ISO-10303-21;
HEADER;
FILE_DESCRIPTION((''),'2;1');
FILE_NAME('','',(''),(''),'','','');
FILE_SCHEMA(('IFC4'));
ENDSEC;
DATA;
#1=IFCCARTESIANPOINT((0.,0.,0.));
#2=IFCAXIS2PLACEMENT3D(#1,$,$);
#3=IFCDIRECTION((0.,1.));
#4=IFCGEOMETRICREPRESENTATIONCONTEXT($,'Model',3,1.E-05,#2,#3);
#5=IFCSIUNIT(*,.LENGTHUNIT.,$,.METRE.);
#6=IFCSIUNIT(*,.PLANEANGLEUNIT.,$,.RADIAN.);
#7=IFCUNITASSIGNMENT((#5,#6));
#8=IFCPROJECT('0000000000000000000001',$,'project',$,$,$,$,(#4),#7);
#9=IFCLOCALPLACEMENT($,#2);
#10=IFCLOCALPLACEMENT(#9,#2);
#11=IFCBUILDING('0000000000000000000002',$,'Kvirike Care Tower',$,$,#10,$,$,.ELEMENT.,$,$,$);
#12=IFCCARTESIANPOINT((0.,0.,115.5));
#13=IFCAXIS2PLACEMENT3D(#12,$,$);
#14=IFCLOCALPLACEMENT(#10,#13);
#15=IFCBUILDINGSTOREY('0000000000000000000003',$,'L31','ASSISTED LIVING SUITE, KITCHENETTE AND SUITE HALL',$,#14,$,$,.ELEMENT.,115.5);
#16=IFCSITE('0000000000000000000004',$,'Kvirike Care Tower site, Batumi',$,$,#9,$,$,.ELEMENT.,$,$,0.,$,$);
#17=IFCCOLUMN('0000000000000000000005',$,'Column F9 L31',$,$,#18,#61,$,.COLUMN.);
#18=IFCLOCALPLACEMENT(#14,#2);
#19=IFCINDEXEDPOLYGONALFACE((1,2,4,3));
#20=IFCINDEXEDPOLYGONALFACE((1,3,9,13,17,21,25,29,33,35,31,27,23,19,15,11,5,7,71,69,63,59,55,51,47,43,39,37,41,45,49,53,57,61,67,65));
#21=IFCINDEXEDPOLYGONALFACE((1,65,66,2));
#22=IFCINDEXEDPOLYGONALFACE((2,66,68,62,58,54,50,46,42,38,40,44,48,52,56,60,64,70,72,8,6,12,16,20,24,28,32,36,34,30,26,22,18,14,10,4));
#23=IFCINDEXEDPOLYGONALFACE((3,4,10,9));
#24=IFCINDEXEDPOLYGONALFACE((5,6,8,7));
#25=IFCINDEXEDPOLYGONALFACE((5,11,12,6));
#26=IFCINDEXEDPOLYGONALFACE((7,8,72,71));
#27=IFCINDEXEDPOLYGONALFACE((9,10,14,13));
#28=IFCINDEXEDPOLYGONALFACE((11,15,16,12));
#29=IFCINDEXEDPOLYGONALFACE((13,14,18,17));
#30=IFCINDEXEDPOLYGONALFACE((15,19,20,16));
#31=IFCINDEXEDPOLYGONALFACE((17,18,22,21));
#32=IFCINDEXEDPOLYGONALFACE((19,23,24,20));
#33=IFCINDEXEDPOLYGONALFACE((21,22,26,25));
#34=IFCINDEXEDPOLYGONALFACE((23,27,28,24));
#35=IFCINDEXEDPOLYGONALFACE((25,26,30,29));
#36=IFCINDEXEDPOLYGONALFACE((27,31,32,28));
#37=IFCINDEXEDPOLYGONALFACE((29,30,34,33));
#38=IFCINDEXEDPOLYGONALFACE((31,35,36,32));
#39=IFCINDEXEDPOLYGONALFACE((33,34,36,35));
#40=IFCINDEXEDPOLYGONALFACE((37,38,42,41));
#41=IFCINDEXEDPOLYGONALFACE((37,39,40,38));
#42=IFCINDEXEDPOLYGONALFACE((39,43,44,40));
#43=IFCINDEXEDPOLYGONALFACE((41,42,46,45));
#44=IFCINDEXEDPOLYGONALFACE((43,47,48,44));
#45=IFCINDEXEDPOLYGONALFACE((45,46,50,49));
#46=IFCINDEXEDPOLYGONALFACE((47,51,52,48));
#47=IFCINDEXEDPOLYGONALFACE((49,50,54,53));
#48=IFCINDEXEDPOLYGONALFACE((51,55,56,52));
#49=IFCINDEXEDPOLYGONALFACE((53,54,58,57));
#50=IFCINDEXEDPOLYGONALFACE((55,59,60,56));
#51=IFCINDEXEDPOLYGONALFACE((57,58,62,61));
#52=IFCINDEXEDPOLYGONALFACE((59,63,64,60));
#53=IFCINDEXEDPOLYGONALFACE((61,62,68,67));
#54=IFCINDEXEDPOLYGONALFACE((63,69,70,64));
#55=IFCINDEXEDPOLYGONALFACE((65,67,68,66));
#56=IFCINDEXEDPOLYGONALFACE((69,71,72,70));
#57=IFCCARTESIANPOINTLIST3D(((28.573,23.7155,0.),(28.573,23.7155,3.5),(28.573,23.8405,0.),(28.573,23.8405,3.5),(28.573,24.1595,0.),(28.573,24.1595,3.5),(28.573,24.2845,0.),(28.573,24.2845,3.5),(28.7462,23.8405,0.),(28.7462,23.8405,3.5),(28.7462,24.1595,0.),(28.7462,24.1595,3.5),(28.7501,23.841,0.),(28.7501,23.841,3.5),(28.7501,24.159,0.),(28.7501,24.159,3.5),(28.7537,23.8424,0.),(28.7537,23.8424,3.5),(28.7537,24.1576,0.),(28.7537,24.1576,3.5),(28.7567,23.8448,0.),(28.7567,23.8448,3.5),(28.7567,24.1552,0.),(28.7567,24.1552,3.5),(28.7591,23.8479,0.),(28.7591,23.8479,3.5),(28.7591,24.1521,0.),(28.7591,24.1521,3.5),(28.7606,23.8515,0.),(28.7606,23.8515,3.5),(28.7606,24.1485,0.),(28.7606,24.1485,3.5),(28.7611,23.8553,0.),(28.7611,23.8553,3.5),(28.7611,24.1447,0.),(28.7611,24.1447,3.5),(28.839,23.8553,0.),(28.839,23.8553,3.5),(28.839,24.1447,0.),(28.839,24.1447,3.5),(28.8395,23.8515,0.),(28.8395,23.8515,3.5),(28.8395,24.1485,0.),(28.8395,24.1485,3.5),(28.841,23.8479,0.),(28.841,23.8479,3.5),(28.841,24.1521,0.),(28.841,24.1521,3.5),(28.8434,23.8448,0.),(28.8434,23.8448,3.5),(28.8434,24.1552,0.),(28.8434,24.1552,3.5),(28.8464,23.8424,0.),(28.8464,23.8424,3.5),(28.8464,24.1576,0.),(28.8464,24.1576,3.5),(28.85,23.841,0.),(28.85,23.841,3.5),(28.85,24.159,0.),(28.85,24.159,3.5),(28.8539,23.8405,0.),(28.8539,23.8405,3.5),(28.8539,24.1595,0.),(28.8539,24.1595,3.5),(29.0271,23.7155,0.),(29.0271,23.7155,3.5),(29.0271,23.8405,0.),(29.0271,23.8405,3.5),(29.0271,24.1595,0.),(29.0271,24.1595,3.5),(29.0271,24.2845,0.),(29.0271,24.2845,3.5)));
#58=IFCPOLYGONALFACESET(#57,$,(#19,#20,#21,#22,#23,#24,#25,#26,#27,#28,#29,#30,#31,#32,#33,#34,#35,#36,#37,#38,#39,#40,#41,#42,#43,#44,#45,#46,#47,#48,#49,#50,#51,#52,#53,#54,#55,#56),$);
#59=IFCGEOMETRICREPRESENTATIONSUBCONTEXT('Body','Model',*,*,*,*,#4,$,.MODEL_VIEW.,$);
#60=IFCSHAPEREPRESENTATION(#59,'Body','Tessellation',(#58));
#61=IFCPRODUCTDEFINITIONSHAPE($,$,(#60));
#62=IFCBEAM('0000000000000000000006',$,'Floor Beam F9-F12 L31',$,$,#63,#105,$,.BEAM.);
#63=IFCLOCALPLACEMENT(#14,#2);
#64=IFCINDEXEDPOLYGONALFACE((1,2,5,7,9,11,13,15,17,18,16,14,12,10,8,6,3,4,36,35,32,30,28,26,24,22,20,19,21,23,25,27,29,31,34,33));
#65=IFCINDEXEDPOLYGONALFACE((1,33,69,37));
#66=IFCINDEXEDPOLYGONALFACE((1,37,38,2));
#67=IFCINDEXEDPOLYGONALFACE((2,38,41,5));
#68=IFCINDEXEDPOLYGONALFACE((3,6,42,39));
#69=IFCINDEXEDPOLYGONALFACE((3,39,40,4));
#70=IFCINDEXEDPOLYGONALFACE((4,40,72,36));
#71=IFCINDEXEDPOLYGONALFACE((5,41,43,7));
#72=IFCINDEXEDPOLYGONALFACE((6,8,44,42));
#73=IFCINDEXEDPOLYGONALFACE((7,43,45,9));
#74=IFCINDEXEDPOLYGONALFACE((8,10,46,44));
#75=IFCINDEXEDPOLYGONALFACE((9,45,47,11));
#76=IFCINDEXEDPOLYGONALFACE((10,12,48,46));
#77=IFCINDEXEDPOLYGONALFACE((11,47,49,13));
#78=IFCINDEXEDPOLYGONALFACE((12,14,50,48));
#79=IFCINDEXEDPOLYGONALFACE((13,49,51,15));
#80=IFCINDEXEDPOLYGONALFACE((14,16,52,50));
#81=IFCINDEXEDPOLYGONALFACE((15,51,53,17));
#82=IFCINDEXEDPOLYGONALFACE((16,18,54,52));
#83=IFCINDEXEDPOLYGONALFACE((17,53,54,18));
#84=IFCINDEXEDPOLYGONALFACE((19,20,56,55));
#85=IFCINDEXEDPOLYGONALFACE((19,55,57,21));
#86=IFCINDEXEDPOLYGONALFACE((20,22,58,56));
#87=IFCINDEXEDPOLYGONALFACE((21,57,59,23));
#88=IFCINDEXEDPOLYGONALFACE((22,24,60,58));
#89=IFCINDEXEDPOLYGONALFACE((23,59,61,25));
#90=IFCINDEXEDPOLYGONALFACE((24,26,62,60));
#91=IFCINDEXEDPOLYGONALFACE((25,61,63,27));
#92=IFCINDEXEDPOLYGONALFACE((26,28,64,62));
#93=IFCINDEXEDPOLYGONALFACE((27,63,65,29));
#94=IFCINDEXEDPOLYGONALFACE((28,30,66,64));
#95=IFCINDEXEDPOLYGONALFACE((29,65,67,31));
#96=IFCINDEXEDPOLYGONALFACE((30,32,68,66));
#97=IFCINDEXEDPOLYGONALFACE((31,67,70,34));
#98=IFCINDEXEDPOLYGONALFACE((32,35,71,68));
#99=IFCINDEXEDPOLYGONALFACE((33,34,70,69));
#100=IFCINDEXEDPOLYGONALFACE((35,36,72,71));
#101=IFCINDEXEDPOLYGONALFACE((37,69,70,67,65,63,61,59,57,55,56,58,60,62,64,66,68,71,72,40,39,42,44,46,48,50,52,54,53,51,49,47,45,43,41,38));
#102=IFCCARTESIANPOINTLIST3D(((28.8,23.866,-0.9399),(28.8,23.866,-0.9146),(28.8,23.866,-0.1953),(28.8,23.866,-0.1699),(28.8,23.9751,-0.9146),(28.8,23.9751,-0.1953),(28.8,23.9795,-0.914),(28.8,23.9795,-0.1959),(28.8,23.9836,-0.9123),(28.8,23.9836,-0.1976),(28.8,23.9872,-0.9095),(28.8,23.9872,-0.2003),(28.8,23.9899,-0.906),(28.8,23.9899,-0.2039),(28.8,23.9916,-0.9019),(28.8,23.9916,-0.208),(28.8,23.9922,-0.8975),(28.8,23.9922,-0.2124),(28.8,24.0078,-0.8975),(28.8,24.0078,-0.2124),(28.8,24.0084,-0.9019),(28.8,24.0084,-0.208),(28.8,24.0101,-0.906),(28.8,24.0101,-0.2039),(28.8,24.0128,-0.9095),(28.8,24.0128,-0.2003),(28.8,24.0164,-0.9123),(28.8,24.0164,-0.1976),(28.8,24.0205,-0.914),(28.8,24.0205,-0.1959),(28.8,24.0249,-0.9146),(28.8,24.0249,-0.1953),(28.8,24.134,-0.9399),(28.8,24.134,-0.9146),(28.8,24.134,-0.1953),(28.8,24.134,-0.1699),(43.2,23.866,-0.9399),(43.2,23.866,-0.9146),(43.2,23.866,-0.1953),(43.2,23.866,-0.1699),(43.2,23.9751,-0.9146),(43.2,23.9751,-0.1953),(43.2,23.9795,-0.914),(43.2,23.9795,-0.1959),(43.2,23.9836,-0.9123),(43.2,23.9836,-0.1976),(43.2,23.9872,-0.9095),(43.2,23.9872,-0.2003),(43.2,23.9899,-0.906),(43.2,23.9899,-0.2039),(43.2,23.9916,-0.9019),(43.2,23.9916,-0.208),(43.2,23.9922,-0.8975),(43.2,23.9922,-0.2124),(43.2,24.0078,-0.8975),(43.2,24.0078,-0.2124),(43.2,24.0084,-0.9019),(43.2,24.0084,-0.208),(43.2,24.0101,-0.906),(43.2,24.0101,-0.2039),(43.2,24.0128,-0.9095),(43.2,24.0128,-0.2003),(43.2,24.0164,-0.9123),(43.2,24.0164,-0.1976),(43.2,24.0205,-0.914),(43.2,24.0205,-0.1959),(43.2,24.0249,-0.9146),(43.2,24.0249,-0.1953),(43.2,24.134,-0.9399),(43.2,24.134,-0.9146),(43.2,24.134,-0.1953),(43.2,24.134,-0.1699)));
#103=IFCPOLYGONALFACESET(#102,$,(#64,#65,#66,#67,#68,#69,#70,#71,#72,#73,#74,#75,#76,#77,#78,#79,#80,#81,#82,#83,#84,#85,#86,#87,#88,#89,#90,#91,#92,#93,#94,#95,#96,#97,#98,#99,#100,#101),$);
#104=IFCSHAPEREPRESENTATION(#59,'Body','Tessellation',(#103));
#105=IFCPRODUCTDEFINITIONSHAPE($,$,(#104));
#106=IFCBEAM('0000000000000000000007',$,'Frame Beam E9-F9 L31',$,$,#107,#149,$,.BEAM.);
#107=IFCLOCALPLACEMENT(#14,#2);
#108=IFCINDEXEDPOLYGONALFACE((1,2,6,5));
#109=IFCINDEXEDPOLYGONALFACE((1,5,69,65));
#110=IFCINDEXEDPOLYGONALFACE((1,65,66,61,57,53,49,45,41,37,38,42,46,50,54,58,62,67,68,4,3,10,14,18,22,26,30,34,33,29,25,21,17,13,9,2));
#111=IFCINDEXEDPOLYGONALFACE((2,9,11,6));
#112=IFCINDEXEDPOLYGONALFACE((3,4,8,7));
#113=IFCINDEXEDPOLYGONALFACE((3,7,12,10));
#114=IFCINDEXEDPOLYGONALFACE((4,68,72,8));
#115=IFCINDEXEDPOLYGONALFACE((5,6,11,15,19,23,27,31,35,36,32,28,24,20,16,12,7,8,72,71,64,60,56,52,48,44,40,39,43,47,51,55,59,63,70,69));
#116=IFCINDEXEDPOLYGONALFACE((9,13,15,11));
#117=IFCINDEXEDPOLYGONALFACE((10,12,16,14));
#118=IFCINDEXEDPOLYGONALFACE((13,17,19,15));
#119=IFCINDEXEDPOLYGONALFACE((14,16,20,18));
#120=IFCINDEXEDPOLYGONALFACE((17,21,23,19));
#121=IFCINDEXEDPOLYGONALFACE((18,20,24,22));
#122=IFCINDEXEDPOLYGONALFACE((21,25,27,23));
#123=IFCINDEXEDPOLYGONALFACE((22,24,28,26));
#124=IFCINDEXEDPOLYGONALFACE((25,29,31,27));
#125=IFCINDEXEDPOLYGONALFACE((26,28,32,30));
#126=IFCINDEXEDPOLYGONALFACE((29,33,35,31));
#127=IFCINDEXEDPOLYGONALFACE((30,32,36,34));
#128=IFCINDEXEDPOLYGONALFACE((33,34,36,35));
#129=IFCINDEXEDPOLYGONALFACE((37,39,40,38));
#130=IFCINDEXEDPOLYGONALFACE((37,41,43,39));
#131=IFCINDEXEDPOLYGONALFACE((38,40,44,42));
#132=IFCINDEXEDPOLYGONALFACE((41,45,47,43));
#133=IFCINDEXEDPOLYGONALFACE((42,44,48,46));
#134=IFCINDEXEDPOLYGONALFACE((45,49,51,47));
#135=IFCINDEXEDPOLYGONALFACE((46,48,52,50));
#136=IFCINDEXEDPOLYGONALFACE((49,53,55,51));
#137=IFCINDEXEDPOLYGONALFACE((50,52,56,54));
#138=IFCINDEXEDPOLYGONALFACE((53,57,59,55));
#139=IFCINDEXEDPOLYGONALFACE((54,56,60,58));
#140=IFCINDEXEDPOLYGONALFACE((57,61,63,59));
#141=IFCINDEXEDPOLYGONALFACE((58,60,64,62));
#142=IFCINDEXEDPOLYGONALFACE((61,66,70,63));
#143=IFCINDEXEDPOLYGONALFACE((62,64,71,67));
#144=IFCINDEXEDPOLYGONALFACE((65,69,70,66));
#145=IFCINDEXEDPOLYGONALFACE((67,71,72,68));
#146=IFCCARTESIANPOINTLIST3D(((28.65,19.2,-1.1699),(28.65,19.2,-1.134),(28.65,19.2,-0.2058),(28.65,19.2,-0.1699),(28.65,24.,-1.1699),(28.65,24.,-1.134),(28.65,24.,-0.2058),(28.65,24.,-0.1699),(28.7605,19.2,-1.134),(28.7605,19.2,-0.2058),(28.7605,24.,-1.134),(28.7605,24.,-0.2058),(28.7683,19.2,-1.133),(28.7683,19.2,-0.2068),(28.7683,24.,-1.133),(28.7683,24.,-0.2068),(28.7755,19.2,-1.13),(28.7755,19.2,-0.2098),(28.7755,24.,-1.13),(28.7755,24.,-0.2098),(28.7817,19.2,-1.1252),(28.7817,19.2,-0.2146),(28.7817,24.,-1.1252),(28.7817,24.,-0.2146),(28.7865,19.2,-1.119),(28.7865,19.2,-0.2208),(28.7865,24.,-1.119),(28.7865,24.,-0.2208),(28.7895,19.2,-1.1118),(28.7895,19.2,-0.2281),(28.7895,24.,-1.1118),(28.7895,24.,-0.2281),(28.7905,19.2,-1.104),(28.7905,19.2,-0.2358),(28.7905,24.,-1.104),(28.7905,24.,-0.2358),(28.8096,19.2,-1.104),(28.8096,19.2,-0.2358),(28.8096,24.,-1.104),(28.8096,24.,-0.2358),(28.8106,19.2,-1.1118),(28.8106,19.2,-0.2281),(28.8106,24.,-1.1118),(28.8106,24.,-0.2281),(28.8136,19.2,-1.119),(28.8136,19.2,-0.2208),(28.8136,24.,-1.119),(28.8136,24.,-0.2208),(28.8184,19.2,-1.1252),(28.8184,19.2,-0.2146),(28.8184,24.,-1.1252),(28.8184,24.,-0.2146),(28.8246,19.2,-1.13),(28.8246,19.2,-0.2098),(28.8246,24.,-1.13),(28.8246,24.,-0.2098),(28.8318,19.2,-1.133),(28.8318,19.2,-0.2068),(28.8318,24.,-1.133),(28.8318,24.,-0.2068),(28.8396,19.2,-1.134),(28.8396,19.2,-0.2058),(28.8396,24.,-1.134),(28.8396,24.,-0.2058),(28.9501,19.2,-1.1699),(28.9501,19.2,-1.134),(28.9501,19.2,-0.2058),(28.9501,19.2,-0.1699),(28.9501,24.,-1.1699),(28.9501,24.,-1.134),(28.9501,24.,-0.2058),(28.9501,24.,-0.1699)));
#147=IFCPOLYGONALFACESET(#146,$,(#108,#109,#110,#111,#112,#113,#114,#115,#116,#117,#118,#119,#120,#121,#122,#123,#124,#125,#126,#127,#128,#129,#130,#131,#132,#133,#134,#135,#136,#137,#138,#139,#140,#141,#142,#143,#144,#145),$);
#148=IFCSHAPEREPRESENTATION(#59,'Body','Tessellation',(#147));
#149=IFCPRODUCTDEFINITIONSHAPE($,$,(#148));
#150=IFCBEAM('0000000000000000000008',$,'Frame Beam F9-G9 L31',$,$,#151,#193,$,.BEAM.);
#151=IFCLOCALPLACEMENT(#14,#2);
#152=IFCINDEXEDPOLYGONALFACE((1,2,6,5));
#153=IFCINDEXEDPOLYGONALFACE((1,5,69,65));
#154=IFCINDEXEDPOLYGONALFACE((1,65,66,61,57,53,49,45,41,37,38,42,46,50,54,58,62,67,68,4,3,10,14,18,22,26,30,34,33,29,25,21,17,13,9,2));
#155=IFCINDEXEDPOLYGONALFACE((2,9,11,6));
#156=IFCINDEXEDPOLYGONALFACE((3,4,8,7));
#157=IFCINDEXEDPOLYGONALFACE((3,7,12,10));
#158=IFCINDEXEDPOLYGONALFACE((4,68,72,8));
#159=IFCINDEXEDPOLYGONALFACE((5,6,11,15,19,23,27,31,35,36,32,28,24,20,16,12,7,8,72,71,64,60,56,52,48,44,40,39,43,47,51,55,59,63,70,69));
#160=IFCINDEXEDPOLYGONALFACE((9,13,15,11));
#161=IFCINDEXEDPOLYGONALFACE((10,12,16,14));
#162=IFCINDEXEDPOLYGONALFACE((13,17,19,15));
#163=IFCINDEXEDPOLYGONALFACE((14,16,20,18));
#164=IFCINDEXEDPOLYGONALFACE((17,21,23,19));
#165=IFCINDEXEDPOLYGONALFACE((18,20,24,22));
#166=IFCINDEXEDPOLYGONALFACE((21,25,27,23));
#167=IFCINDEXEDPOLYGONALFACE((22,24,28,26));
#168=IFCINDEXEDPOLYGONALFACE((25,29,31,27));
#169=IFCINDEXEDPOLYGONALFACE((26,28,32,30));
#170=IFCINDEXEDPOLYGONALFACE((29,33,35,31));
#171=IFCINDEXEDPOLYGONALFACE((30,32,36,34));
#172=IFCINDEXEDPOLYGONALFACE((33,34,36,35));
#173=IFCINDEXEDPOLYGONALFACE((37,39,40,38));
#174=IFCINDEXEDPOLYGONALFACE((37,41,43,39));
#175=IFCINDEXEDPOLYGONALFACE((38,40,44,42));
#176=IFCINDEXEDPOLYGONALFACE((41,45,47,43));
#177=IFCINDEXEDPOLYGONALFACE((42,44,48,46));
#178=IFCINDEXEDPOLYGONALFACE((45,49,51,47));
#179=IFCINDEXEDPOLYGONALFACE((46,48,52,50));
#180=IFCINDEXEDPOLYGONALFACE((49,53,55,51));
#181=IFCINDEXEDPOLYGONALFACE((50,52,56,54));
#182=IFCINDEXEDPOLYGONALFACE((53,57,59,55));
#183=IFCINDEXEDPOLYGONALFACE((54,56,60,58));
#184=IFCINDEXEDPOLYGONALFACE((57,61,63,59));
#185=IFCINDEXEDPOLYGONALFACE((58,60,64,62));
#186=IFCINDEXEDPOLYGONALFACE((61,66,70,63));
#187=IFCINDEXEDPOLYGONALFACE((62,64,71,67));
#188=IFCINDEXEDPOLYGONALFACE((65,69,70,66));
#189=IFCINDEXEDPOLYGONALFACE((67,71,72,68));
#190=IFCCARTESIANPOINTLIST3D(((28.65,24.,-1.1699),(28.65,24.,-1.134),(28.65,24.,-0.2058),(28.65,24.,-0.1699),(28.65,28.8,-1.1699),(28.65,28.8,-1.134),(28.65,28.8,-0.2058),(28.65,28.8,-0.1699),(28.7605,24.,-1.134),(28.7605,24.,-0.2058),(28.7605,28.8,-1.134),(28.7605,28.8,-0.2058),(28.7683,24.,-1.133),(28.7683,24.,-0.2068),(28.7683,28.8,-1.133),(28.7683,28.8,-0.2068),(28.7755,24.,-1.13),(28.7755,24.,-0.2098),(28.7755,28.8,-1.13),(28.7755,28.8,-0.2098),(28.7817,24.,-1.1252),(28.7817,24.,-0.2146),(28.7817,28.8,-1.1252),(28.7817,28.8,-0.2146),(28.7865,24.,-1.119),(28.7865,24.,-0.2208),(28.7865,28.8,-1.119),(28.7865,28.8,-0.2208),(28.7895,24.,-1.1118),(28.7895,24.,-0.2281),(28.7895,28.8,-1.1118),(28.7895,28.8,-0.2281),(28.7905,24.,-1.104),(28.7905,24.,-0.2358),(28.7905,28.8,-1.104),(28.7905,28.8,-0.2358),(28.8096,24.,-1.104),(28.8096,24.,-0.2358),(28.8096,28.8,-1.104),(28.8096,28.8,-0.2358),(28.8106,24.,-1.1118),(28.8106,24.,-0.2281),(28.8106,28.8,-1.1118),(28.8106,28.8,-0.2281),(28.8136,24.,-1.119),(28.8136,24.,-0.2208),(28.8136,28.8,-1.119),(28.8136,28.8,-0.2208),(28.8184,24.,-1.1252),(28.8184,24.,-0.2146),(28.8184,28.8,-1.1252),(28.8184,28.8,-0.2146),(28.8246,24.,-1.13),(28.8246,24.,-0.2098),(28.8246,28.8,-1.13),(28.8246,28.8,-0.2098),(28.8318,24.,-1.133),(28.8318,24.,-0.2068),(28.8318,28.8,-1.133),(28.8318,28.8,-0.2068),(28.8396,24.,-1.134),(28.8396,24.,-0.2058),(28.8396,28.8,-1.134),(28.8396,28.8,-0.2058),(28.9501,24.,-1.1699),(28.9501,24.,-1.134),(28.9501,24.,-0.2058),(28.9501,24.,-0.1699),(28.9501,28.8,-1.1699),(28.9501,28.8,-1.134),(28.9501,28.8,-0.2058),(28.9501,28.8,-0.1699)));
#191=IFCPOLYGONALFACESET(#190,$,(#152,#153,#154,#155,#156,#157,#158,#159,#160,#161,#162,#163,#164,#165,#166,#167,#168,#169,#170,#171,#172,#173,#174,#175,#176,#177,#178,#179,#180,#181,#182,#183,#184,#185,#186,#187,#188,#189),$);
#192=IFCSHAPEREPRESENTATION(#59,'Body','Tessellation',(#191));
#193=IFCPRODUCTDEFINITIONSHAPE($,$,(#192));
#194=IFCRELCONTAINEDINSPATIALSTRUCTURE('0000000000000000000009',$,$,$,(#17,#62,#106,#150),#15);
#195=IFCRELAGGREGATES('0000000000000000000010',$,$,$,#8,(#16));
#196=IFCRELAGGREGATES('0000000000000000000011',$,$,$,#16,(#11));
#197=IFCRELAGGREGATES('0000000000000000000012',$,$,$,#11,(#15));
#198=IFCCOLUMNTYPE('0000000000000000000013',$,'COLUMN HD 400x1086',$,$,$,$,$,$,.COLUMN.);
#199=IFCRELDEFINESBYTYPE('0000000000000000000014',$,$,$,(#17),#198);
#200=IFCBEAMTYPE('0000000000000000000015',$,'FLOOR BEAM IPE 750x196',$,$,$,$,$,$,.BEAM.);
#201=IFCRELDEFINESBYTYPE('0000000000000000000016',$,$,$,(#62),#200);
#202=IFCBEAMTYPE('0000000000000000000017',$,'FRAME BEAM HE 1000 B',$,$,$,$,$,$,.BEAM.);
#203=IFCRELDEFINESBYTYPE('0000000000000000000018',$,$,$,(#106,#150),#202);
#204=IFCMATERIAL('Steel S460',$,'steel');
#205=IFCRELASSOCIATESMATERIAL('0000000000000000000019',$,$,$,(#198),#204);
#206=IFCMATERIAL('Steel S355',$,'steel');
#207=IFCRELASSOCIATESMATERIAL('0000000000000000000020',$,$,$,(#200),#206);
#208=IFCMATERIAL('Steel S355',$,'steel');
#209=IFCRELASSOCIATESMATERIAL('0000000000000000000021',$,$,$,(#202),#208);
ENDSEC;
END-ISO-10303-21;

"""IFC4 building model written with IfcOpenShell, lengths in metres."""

from ifc_helpers import new_model, si_unit, direction, frame, origin, origin_2d, place, context, subcontext, project, spatial, i_section, extrude, material, material_profile, profile_set, type_object, element, save


model = new_model("IFC4")

# Units and contexts
model_context = context("Model", 3, precision=1e-05, world=origin(), true_north=direction((0.0, 1.0)))
body_context = subcontext(model_context, "Body", "Model", "MODEL_VIEW")
ifc_project = project(units=[si_unit("LENGTHUNIT", "METRE"), si_unit("PLANEANGLEUNIT", "RADIAN")], contexts=[model_context])

# Site, building, storey
site_placement = place(None, origin())
site = spatial("IfcSite", under=ifc_project, at=site_placement, Name="Kvirike Care Tower site, Batumi", CompositionType="ELEMENT", RefElevation=0.0)
building_placement = place(site_placement, origin())
building = spatial("IfcBuilding", under=site, at=building_placement, Name="Kvirike Care Tower", CompositionType="ELEMENT")
storey_placement = place(building_placement, frame((0.0, 0.0, 115.5)))
storey = spatial("IfcBuildingStorey", under=building, at=storey_placement, Name="L31", Description="ASSISTED LIVING SUITE, KITCHENETTE AND SUITE HALL", CompositionType="ELEMENT", Elevation=115.5)

# Column
ifc_material_1 = material(Name="Steel S460", Category="steel")
ifc_material_profile_1 = material_profile(ifc_material_1, i_section(OverallWidth=0.4541, OverallDepth=0.5691, WebThickness=0.0779, FlangeThickness=0.125, FilletRadius=0.0149, at=origin_2d()), Name="HD 400x1086")
ifc_profile_set_1 = profile_set([ifc_material_profile_1], Name="Steel S460")
column_type = type_object("IfcColumnType", Name="COLUMN HD 400x1086", PredefinedType="COLUMN", material=ifc_profile_set_1)
column_placement = place(storey_placement, frame((28.8, 24.0, 0.0), z_axis=(0.0, 0.0, 1.0), x_axis=(1.0, 0.0, 0.0)))
element("IfcColumn", 1, at=column_placement, inside=storey, type_object=column_type, Name="Column F9 L31", PredefinedType="COLUMN", context=body_context, shape_type="SweptSolid", body=[
    extrude(i_section(OverallWidth=0.4541, OverallDepth=0.5691, WebThickness=0.0779, FlangeThickness=0.125, FilletRadius=0.0149, at=origin_2d()), origin(), (0.0, 0.0, 1.0), 3.5),
])

# Beams
ifc_material_2 = material(Name="Steel S355", Category="steel")
ifc_material_profile_2 = material_profile(ifc_material_2, i_section(OverallWidth=0.2681, OverallDepth=0.77, WebThickness=0.0156, FlangeThickness=0.0254, FilletRadius=0.0171, at=origin_2d()), Name="IPE 750x196")
ifc_profile_set_2 = profile_set([ifc_material_profile_2], Name="Steel S355")
beam_type_1 = type_object("IfcBeamType", Name="FLOOR BEAM IPE 750x196", PredefinedType="BEAM", material=ifc_profile_set_2)
beam_placement = place(storey_placement, frame((28.8, 24.0, -0.5549), z_axis=(1.0, 0.0, 0.0), x_axis=(0.0, 1.0, 0.0)))
element("IfcBeam", 2, at=beam_placement, inside=storey, type_object=beam_type_1, Name="Floor Beam F9-F12 L31", PredefinedType="BEAM", context=body_context, shape_type="SweptSolid", body=[
    extrude(i_section(OverallWidth=0.2681, OverallDepth=0.77, WebThickness=0.0156, FlangeThickness=0.0254, FilletRadius=0.0171, at=origin_2d()), origin(), (0.0, 0.0, 1.0), 14.3999),
])
ifc_material_3 = material(Name="Steel S355", Category="steel")
ifc_material_profile_3 = material_profile(ifc_material_3, i_section(OverallWidth=0.3, OverallDepth=1.0, WebThickness=0.019, FlangeThickness=0.0359, FilletRadius=0.03, at=origin_2d()), Name="HE 1000 B")
ifc_profile_set_3 = profile_set([ifc_material_profile_3], Name="Steel S355")
beam_type_2 = type_object("IfcBeamType", Name="FRAME BEAM HE 1000 B", PredefinedType="BEAM", material=ifc_profile_set_3)
for number, where, z_axis, x_axis, name in (
    (3, (28.8, 19.2, -0.6699), (0.0, 1.0, 0.0), (-1.0, 0.0, 0.0), "Frame Beam E9-F9 L31"),
    (4, (28.8, 24.0, -0.6699), (0.0, 1.0, 0.0), (-1.0, 0.0, 0.0), "Frame Beam F9-G9 L31"),
):
    element("IfcBeam", number, at=place(storey_placement, frame(where, z_axis=z_axis, x_axis=x_axis)), inside=storey, type_object=beam_type_2, Name=name, PredefinedType="BEAM", context=body_context, shape_type="SweptSolid", body=[
        extrude(i_section(OverallWidth=0.3, OverallDepth=1.0, WebThickness=0.019, FlangeThickness=0.0359, FilletRadius=0.03, at=origin_2d()), origin(), (0.0, 0.0, 1.0), 4.8),
    ])

save(model, "model.ifc")
